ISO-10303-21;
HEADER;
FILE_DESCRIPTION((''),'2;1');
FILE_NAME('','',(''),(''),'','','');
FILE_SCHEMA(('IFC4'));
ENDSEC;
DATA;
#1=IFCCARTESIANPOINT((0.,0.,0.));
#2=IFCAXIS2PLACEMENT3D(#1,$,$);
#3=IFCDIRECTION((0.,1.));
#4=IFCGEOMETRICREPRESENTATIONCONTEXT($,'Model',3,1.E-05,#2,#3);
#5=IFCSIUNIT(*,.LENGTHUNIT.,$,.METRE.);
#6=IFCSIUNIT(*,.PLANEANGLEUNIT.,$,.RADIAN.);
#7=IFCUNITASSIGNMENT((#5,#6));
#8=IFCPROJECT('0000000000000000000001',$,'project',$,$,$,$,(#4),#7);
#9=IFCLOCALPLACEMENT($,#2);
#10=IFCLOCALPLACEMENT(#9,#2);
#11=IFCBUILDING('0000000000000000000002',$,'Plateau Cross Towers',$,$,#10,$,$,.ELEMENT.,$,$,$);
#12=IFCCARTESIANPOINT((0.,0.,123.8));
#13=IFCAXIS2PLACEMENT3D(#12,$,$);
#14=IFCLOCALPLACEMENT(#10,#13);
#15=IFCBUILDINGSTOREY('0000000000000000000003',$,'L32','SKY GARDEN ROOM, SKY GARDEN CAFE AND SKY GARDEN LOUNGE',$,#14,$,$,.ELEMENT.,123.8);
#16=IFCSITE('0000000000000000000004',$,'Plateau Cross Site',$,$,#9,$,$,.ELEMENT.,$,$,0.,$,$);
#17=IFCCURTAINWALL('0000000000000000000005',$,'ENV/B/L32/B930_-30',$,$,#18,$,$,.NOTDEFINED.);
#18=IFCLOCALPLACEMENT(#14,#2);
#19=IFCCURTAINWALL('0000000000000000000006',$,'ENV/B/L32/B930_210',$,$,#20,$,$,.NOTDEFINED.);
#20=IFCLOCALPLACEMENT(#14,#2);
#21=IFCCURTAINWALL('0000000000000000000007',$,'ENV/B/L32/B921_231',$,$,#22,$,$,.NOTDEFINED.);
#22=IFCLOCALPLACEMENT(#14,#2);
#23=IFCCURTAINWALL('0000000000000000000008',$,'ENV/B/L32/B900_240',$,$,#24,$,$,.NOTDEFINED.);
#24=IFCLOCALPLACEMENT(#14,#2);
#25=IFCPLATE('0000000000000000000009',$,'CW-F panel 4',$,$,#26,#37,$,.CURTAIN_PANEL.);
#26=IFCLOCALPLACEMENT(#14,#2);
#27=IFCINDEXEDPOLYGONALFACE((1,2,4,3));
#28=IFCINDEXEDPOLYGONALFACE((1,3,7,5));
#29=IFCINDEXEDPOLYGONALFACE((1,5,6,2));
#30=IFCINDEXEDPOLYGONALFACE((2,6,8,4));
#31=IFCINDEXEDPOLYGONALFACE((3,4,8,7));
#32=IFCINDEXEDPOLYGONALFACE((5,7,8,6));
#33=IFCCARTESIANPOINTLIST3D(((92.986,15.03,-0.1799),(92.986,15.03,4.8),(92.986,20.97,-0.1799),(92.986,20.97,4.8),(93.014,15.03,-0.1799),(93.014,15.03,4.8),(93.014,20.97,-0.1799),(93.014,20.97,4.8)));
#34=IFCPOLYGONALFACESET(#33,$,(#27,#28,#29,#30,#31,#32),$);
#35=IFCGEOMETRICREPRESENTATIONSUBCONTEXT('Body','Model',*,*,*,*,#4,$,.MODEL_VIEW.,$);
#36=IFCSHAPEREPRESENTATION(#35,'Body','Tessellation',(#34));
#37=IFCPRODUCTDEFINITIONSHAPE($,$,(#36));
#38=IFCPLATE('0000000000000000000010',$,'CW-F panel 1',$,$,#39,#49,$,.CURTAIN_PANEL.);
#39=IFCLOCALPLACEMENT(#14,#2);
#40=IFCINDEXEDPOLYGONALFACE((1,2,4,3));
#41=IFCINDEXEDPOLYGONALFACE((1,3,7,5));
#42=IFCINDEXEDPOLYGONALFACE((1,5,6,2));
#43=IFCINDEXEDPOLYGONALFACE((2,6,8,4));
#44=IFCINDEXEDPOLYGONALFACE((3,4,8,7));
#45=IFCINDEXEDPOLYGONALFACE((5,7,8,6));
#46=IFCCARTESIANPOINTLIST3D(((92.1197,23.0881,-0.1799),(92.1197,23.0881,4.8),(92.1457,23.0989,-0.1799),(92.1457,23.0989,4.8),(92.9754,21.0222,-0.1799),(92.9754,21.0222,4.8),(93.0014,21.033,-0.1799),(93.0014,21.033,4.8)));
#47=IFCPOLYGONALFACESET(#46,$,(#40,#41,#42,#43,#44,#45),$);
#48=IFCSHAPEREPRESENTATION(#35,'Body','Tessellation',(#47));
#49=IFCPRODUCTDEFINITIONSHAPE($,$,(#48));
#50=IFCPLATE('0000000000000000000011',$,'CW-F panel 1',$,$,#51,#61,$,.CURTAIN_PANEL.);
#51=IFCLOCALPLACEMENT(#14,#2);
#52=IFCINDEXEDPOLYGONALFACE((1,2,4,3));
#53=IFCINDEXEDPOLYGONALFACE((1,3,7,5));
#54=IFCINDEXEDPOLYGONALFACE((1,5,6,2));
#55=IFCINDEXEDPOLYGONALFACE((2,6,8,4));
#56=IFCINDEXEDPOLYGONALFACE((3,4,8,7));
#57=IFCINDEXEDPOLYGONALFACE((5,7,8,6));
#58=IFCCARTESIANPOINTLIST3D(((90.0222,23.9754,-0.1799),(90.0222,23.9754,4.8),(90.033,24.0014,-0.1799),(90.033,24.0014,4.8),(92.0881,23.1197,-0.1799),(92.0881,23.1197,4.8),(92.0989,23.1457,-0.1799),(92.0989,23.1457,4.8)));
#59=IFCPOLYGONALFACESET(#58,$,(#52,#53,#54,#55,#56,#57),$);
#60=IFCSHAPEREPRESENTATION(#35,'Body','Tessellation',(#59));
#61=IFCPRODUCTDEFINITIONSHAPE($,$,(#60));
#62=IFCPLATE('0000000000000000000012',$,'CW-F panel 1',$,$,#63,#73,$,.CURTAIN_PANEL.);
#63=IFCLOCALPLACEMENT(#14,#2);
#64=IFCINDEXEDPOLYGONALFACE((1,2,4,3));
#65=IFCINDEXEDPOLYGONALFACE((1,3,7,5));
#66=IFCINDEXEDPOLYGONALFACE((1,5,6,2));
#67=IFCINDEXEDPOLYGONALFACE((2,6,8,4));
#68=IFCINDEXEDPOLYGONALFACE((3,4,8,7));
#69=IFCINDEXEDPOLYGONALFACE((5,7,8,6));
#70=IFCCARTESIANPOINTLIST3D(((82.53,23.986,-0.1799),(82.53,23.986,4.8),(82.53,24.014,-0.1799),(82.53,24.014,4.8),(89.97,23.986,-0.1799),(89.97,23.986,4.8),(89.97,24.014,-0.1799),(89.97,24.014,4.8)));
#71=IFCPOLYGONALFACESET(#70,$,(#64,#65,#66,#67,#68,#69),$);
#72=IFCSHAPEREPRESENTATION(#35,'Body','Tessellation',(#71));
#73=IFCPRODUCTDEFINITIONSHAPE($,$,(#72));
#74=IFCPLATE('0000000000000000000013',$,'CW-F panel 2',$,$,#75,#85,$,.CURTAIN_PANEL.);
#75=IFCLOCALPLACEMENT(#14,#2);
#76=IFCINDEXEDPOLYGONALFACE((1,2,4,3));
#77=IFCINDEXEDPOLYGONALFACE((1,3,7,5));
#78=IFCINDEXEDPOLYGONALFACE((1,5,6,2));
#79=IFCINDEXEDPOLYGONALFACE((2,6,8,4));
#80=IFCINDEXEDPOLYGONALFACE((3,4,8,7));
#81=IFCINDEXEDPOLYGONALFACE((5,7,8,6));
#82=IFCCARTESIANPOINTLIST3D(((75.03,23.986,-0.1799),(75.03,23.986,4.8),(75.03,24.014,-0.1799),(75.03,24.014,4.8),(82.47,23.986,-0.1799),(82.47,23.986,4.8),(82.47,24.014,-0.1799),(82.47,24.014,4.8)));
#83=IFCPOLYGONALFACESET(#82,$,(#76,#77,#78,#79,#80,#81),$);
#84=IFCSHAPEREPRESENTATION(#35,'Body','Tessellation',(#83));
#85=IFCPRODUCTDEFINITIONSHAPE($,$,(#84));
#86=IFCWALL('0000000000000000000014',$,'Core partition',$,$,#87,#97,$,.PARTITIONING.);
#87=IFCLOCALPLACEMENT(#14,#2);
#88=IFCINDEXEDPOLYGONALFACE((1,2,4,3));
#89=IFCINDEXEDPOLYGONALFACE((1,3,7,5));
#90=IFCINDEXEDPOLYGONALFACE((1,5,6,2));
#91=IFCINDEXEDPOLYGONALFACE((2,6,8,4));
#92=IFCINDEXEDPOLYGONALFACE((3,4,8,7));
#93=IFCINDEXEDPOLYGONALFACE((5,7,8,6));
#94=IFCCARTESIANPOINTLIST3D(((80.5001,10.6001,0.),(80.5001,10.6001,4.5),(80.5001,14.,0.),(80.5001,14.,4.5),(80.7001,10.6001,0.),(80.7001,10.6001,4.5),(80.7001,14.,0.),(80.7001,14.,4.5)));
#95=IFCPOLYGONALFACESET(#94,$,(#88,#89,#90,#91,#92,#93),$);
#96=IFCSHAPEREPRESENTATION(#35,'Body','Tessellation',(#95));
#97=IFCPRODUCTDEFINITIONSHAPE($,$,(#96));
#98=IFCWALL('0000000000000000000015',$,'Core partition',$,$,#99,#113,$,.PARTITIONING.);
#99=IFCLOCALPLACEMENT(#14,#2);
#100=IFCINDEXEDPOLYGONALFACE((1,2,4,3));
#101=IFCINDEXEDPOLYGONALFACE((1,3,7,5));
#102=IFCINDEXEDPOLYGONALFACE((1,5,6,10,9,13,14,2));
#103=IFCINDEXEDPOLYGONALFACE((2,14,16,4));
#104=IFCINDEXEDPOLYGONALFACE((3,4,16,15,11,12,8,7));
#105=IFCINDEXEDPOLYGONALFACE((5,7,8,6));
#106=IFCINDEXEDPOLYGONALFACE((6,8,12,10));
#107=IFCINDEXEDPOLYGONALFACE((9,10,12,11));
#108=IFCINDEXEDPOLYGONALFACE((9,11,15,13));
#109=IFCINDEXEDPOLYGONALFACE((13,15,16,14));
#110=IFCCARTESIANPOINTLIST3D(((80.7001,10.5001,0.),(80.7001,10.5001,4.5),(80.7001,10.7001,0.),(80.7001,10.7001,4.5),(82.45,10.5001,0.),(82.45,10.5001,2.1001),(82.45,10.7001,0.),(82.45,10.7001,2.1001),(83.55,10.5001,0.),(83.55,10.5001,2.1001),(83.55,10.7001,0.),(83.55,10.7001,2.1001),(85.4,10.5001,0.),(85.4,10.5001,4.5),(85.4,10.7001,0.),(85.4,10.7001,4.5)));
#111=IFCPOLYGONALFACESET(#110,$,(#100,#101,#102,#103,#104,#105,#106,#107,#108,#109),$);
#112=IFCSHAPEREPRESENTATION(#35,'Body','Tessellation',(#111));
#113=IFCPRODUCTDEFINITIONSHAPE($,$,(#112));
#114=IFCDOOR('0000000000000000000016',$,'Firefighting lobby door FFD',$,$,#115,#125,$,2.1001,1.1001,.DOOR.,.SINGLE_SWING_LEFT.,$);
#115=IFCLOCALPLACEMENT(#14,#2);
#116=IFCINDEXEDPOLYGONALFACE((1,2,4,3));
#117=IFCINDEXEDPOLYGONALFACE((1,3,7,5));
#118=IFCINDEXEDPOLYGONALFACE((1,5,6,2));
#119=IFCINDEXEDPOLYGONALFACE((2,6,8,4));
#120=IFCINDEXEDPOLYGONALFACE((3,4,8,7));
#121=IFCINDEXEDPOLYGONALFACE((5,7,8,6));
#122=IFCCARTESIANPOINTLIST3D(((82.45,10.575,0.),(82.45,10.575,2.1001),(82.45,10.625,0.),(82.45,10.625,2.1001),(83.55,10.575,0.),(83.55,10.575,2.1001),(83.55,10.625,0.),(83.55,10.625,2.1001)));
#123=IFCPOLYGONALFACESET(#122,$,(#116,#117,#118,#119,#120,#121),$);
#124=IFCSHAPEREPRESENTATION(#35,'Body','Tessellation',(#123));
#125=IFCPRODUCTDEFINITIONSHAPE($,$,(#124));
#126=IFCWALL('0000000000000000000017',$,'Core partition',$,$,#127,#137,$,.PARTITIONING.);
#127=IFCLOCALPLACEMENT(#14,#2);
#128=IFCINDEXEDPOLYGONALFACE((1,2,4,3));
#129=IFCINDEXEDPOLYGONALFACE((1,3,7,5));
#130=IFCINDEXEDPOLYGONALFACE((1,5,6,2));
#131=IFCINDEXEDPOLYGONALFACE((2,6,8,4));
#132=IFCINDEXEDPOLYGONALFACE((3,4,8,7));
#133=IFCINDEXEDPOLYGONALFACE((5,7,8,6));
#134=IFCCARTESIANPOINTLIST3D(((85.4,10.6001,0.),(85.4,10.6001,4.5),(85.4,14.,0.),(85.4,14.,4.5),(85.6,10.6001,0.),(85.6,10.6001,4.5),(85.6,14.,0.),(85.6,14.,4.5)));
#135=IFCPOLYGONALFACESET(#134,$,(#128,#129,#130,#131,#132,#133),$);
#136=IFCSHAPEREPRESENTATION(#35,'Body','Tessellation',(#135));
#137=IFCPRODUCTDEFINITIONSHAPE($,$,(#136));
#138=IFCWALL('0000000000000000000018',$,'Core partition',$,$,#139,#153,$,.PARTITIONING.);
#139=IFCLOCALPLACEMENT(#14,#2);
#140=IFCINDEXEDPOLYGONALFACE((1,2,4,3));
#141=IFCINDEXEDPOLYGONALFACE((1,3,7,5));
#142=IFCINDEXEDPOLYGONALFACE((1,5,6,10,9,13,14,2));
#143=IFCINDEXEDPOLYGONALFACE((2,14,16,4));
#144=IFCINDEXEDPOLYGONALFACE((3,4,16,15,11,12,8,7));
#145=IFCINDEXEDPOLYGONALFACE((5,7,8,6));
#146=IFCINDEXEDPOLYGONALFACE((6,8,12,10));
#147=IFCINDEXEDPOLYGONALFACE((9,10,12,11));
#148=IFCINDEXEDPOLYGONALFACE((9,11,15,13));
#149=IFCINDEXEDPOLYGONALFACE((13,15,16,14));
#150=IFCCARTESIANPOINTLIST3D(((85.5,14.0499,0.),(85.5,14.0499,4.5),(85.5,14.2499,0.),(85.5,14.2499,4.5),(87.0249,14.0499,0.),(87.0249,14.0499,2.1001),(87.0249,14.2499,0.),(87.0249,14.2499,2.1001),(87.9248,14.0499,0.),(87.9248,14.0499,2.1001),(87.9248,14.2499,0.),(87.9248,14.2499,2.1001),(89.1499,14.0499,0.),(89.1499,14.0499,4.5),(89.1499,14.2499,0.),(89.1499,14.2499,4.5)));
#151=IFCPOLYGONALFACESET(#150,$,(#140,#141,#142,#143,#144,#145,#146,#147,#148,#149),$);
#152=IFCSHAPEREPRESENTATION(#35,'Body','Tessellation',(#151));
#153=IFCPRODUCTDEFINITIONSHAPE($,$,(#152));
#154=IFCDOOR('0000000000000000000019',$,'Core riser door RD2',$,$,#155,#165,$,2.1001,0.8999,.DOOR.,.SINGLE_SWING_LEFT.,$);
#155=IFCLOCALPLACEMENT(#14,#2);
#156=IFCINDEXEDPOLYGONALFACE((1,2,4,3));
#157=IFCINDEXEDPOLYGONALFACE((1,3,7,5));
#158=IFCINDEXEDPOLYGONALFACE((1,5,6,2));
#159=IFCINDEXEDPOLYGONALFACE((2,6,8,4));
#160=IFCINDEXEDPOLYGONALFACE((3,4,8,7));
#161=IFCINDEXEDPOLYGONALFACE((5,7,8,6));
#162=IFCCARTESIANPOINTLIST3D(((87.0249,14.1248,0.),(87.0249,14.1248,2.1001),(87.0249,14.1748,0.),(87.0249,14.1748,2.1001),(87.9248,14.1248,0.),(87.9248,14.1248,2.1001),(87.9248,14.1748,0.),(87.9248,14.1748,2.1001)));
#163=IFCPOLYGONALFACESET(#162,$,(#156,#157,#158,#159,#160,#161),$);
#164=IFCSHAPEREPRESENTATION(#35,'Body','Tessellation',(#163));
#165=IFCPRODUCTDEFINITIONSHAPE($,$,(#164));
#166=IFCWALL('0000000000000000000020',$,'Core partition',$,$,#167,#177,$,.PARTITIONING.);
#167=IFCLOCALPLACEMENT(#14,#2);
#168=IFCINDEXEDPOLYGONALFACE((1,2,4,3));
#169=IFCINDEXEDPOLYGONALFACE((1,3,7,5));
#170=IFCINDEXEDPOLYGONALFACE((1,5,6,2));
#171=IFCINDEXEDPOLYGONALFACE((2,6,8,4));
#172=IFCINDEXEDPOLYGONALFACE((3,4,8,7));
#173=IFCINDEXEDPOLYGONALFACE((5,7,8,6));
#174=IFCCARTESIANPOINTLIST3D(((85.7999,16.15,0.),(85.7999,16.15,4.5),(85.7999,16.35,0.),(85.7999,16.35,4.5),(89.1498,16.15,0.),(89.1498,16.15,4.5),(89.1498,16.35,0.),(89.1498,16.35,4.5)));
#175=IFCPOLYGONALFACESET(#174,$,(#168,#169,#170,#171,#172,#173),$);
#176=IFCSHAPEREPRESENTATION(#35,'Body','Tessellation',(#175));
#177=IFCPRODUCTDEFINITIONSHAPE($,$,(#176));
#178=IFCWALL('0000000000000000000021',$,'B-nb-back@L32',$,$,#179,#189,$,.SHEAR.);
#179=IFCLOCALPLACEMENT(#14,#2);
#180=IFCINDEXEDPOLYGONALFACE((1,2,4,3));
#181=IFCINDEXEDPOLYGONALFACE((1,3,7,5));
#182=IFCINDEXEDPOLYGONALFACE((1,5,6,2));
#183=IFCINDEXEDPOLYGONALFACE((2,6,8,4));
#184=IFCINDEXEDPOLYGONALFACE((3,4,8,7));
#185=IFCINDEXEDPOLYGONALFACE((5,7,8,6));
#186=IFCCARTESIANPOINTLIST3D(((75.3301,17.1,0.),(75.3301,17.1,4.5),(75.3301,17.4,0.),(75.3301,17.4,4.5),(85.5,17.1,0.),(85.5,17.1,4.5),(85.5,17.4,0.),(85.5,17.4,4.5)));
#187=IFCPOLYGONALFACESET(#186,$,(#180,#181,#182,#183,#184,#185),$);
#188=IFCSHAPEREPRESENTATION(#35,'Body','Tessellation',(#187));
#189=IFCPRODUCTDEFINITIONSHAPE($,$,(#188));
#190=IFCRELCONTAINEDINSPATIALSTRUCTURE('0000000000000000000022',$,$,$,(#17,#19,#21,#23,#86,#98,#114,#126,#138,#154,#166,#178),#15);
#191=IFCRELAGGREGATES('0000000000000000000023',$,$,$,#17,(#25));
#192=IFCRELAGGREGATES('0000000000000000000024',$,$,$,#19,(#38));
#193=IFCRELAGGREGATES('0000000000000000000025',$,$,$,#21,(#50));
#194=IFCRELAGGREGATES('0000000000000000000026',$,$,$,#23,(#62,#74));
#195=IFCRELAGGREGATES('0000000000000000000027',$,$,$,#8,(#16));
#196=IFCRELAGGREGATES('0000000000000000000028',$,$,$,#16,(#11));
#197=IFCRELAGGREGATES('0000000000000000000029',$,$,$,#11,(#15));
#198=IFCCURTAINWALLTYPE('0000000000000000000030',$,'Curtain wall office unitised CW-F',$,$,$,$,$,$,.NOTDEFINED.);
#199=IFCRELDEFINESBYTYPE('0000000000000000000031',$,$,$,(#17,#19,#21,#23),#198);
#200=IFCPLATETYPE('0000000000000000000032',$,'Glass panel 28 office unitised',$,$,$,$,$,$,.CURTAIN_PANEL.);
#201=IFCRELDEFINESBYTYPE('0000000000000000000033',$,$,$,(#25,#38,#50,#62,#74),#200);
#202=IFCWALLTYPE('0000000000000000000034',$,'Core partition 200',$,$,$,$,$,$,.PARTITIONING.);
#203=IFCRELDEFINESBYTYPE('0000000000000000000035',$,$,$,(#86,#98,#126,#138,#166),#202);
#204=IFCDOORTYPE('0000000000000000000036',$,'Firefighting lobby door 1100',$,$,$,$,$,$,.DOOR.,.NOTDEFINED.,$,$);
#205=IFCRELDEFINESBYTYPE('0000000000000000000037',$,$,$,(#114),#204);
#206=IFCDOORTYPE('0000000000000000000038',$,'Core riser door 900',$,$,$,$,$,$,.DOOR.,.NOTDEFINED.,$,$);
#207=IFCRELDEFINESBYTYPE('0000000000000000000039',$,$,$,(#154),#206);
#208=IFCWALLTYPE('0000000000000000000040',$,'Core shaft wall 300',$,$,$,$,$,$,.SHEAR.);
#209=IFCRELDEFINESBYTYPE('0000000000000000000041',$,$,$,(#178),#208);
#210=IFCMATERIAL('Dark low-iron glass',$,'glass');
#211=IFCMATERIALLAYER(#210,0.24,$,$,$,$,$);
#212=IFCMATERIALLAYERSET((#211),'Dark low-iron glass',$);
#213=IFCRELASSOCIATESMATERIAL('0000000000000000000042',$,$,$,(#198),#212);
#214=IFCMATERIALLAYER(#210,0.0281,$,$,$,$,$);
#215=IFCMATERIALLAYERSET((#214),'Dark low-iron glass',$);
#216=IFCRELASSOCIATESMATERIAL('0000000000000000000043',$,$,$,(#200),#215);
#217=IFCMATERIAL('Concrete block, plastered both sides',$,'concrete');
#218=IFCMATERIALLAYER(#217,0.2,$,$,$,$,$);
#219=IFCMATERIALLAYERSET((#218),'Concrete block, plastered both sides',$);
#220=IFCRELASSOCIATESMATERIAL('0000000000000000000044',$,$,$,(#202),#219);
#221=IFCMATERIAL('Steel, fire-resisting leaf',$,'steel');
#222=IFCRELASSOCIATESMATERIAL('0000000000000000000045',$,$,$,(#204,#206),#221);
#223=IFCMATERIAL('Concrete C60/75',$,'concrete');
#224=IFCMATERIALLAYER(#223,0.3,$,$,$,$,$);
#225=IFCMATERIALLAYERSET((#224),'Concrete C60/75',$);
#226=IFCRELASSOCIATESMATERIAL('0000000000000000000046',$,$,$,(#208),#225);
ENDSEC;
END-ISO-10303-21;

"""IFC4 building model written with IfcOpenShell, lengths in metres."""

from ifc_helpers import new_model, si_unit, direction, frame, frame_2d, origin, origin_2d, place, context, subcontext, project, spatial, rectangle, extrude, material, layer, layer_set, type_object, element, fill, aggregate, save


model = new_model("IFC4")

# Units and contexts
model_context = context("Model", 3, precision=1e-05, world=origin(), true_north=direction((0.0, 1.0)))
body_context = subcontext(model_context, "Body", "Model", "MODEL_VIEW")
ifc_project = project(units=[si_unit("LENGTHUNIT", "METRE"), si_unit("PLANEANGLEUNIT", "RADIAN")], contexts=[model_context])

# Site, building, storey
site_placement = place(None, origin())
site = spatial("IfcSite", under=ifc_project, at=site_placement, Name="Plateau Cross Site", CompositionType="ELEMENT", RefElevation=0.0)
building_placement = place(site_placement, origin())
building = spatial("IfcBuilding", under=site, at=building_placement, Name="Plateau Cross Towers", CompositionType="ELEMENT")
storey_placement = place(building_placement, frame((0.0, 0.0, 123.8)))
storey = spatial("IfcBuildingStorey", under=building, at=storey_placement, Name="L32", Description="SKY GARDEN ROOM, SKY GARDEN CAFE AND SKY GARDEN LOUNGE", CompositionType="ELEMENT", Elevation=123.8)

# Shared definitions
ifc_material_1 = material(Name="Concrete C60/75", Category="concrete")

# Curtain wall
ifc_material_2 = material(Name="Dark low-iron glass", Category="glass")
ifc_layer_1 = layer(ifc_material_2, 0.24)
ifc_layer_set_1 = layer_set([ifc_layer_1], Name="Dark low-iron glass")
curtain_wall_type = type_object("IfcCurtainWallType", Name="Curtain wall office unitised CW-F", PredefinedType="NOTDEFINED", material=ifc_layer_set_1)
curtain_wall_1_placement = place(storey_placement, origin())
curtain_wall_1 = element("IfcCurtainWall", 1, at=curtain_wall_1_placement, inside=storey, type_object=curtain_wall_type, Name="ENV/B/L32/B930_-30", PredefinedType="NOTDEFINED")

# Curtain walls
curtain_wall_2_placement = place(storey_placement, origin())
curtain_wall_2 = element("IfcCurtainWall", 2, at=curtain_wall_2_placement, inside=storey, type_object=curtain_wall_type, Name="ENV/B/L32/B930_210", PredefinedType="NOTDEFINED")
curtain_wall_3_placement = place(storey_placement, origin())
curtain_wall_3 = element("IfcCurtainWall", 3, at=curtain_wall_3_placement, inside=storey, type_object=curtain_wall_type, Name="ENV/B/L32/B921_231", PredefinedType="NOTDEFINED")

# Curtain wall
curtain_wall_4_placement = place(storey_placement, origin())
curtain_wall_4 = element("IfcCurtainWall", 4, at=curtain_wall_4_placement, inside=storey, type_object=curtain_wall_type, Name="ENV/B/L32/B900_240", PredefinedType="NOTDEFINED")

# Plates
ifc_layer_2 = layer(ifc_material_2, 0.0281)
ifc_layer_set_2 = layer_set([ifc_layer_2], Name="Dark low-iron glass")
plate_type = type_object("IfcPlateType", Name="Glass panel 28 office unitised", PredefinedType="CURTAIN_PANEL", material=ifc_layer_set_2)
plate_1_placement = place(storey_placement, frame((93.0, 18.0, -0.1799), z_axis=(0.0, 0.0, 1.0), x_axis=(0.0, 1.0, 0.0)))
plate_1 = element("IfcPlate", 5, at=plate_1_placement, type_object=plate_type, Name="CW-F panel 4", PredefinedType="CURTAIN_PANEL", context=body_context, shape_type="SweptSolid", body=[
    extrude(rectangle(XDim=5.9399, YDim=0.0281, at=origin_2d()), origin(), (0.0, 0.0, 1.0), 4.98),
])
aggregate(curtain_wall_1, [plate_1])
plate_2_placement = place(storey_placement, frame((92.5605, 22.0605, -0.1799), z_axis=(0.0, 0.0, 1.0), x_axis=(-0.382684, 0.923879, 0.0)))
plate_2 = element("IfcPlate", 6, at=plate_2_placement, type_object=plate_type, Name="CW-F panel 1", PredefinedType="CURTAIN_PANEL", context=body_context, shape_type="SweptSolid", body=[
    extrude(rectangle(XDim=2.2361, YDim=0.0281, at=origin_2d()), origin(), (0.0, 0.0, 1.0), 4.98),
])
aggregate(curtain_wall_2, [plate_2])
plate_3_placement = place(storey_placement, frame((91.0605, 23.5605, -0.1799), z_axis=(0.0, 0.0, 1.0), x_axis=(-0.923879, 0.382684, 0.0)))
plate_3 = element("IfcPlate", 7, at=plate_3_placement, type_object=plate_type, Name="CW-F panel 1", PredefinedType="CURTAIN_PANEL", context=body_context, shape_type="SweptSolid", body=[
    extrude(rectangle(XDim=2.2361, YDim=0.0281, at=origin_2d()), origin(), (0.0, 0.0, 1.0), 4.98),
])
aggregate(curtain_wall_3, [plate_3])
plate_4_placement = place(storey_placement, frame((86.25, 24.0, -0.1799), z_axis=(0.0, 0.0, 1.0), x_axis=(-1.0, 0.0, 0.0)))
plate_4 = element("IfcPlate", 8, at=plate_4_placement, type_object=plate_type, Name="CW-F panel 1", PredefinedType="CURTAIN_PANEL", context=body_context, shape_type="SweptSolid", body=[
    extrude(rectangle(XDim=7.4399, YDim=0.0281, at=origin_2d()), origin(), (0.0, 0.0, 1.0), 4.98),
])
plate_5_placement = place(storey_placement, frame((78.75, 24.0, -0.1799), z_axis=(0.0, 0.0, 1.0), x_axis=(-1.0, 0.0, 0.0)))
plate_5 = element("IfcPlate", 9, at=plate_5_placement, type_object=plate_type, Name="CW-F panel 2", PredefinedType="CURTAIN_PANEL", context=body_context, shape_type="SweptSolid", body=[
    extrude(rectangle(XDim=7.4399, YDim=0.0281, at=origin_2d()), origin(), (0.0, 0.0, 1.0), 4.98),
])
aggregate(curtain_wall_4, [plate_4, plate_5])

# Wall
ifc_material_3 = material(Name="Concrete block, plastered both sides", Category="concrete")
ifc_layer_3 = layer(ifc_material_3, 0.2)
ifc_layer_set_3 = layer_set([ifc_layer_3], Name="Concrete block, plastered both sides")
wall_type_1 = type_object("IfcWallType", Name="Core partition 200", PredefinedType="PARTITIONING", material=ifc_layer_set_3)
wall_1_placement = place(storey_placement, frame((80.6001, 10.6001, 0.0), z_axis=(0.0, 0.0, 1.0), x_axis=(0.0, 1.0, 0.0)))
element("IfcWall", 10, at=wall_1_placement, inside=storey, type_object=wall_type_1, Name="Core partition", PredefinedType="PARTITIONING", context=body_context, shape_type="SweptSolid", body=[
    extrude(rectangle(XDim=3.3999, YDim=0.2, at=frame_2d((1.7, 0.0))), origin(), (0.0, 0.0, 1.0), 4.5),
])

# Wall, opening, door
wall_2_placement = place(storey_placement, frame((80.7, 10.6001, 0.0), z_axis=(0.0, 0.0, 1.0), x_axis=(1.0, 0.0, 0.0)))
wall_2 = element("IfcWall", 11, at=wall_2_placement, inside=storey, type_object=wall_type_1, Name="Core partition", PredefinedType="PARTITIONING", context=body_context, shape_type="SweptSolid", body=[
    extrude(rectangle(XDim=4.7, YDim=0.2, at=frame_2d((2.3501, 0.0))), origin(), (0.0, 0.0, 1.0), 4.5),
])
opening_1_placement = place(wall_2_placement, frame((1.75, 0.0, 0.0)))
opening_1 = element("IfcOpeningElement", 12, at=opening_1_placement, cuts=wall_2, PredefinedType="OPENING", context=body_context, shape_type="SweptSolid", body=[
    extrude(rectangle(XDim=1.1001, YDim=2.1001, at=frame_2d((0.55, 1.05))), frame((0.0, 0.1099, 0.0), z_axis=(0.0, -1.0, 0.0), x_axis=(1.0, 0.0, 0.0)), (0.0, 0.0, 1.0), 0.22),
])
ifc_material_4 = material(Name="Steel, fire-resisting leaf", Category="steel")
door_type_1 = type_object("IfcDoorType", Name="Firefighting lobby door 1100", OperationType="NOTDEFINED", PredefinedType="DOOR", material=ifc_material_4)
door_1_placement = place(opening_1_placement, origin())
door_1 = element("IfcDoor", 13, at=door_1_placement, inside=storey, type_object=door_type_1, Name="Firefighting lobby door FFD", OperationType="SINGLE_SWING_LEFT", OverallHeight=2.1001, OverallWidth=1.1001, PredefinedType="DOOR", context=body_context, shape_type="SweptSolid", body=[
    extrude(rectangle(XDim=1.1001, YDim=2.1001, at=frame_2d((0.55, 1.05))), frame((0.0, 0.0249, 0.0), z_axis=(0.0, -1.0, 0.0), x_axis=(1.0, 0.0, 0.0)), (0.0, 0.0, 1.0), 0.05),
])
fill(opening_1, door_1)

# Wall
wall_3_placement = place(storey_placement, frame((85.5, 10.6001, 0.0), z_axis=(0.0, 0.0, 1.0), x_axis=(0.0, 1.0, 0.0)))
element("IfcWall", 14, at=wall_3_placement, inside=storey, type_object=wall_type_1, Name="Core partition", PredefinedType="PARTITIONING", context=body_context, shape_type="SweptSolid", body=[
    extrude(rectangle(XDim=3.3999, YDim=0.2, at=frame_2d((1.7, 0.0))), origin(), (0.0, 0.0, 1.0), 4.5),
])

# Wall, opening, door
wall_4_placement = place(storey_placement, frame((85.5, 14.1499, 0.0), z_axis=(0.0, 0.0, 1.0), x_axis=(1.0, 0.0, 0.0)))
wall_4 = element("IfcWall", 15, at=wall_4_placement, inside=storey, type_object=wall_type_1, Name="Core partition", PredefinedType="PARTITIONING", context=body_context, shape_type="SweptSolid", body=[
    extrude(rectangle(XDim=3.6499, YDim=0.2, at=frame_2d((1.825, 0.0))), origin(), (0.0, 0.0, 1.0), 4.5),
])
opening_2_placement = place(wall_4_placement, frame((1.5249, 0.0, 0.0)))
opening_2 = element("IfcOpeningElement", 16, at=opening_2_placement, cuts=wall_4, PredefinedType="OPENING", context=body_context, shape_type="SweptSolid", body=[
    extrude(rectangle(XDim=0.8999, YDim=2.1001, at=frame_2d((0.45, 1.05))), frame((0.0, 0.1099, 0.0), z_axis=(0.0, -1.0, 0.0), x_axis=(1.0, 0.0, 0.0)), (0.0, 0.0, 1.0), 0.22),
])
door_type_2 = type_object("IfcDoorType", Name="Core riser door 900", OperationType="NOTDEFINED", PredefinedType="DOOR", material=ifc_material_4)
door_2_placement = place(opening_2_placement, origin())
door_2 = element("IfcDoor", 17, at=door_2_placement, inside=storey, type_object=door_type_2, Name="Core riser door RD2", OperationType="SINGLE_SWING_LEFT", OverallHeight=2.1001, OverallWidth=0.8999, PredefinedType="DOOR", context=body_context, shape_type="SweptSolid", body=[
    extrude(rectangle(XDim=0.8999, YDim=2.1001, at=frame_2d((0.45, 1.05))), frame((0.0, 0.0249, 0.0), z_axis=(0.0, -1.0, 0.0), x_axis=(1.0, 0.0, 0.0)), (0.0, 0.0, 1.0), 0.05),
])
fill(opening_2, door_2)

# Walls
wall_5_placement = place(storey_placement, frame((85.8, 16.25, 0.0), z_axis=(0.0, 0.0, 1.0), x_axis=(1.0, 0.0, 0.0)))
element("IfcWall", 18, at=wall_5_placement, inside=storey, type_object=wall_type_1, Name="Core partition", PredefinedType="PARTITIONING", context=body_context, shape_type="SweptSolid", body=[
    extrude(rectangle(XDim=3.3499, YDim=0.2, at=frame_2d((1.6748, 0.0))), origin(), (0.0, 0.0, 1.0), 4.5),
])
ifc_layer_4 = layer(ifc_material_1, 0.3)
ifc_layer_set_4 = layer_set([ifc_layer_4], Name="Concrete C60/75")
wall_type_2 = type_object("IfcWallType", Name="Core shaft wall 300", PredefinedType="SHEAR", material=ifc_layer_set_4)
wall_6_placement = place(storey_placement, frame((75.3301, 17.25, 0.0), z_axis=(0.0, 0.0, 1.0), x_axis=(1.0, 0.0, 0.0)))
element("IfcWall", 19, at=wall_6_placement, inside=storey, type_object=wall_type_2, Name="B-nb-back@L32", PredefinedType="SHEAR", context=body_context, shape_type="SweptSolid", body=[
    extrude(rectangle(XDim=10.1699, YDim=0.3, at=frame_2d((5.085, 0.0))), origin(), (0.0, 0.0, 1.0), 4.5),
])

save(model, "model.ifc")
